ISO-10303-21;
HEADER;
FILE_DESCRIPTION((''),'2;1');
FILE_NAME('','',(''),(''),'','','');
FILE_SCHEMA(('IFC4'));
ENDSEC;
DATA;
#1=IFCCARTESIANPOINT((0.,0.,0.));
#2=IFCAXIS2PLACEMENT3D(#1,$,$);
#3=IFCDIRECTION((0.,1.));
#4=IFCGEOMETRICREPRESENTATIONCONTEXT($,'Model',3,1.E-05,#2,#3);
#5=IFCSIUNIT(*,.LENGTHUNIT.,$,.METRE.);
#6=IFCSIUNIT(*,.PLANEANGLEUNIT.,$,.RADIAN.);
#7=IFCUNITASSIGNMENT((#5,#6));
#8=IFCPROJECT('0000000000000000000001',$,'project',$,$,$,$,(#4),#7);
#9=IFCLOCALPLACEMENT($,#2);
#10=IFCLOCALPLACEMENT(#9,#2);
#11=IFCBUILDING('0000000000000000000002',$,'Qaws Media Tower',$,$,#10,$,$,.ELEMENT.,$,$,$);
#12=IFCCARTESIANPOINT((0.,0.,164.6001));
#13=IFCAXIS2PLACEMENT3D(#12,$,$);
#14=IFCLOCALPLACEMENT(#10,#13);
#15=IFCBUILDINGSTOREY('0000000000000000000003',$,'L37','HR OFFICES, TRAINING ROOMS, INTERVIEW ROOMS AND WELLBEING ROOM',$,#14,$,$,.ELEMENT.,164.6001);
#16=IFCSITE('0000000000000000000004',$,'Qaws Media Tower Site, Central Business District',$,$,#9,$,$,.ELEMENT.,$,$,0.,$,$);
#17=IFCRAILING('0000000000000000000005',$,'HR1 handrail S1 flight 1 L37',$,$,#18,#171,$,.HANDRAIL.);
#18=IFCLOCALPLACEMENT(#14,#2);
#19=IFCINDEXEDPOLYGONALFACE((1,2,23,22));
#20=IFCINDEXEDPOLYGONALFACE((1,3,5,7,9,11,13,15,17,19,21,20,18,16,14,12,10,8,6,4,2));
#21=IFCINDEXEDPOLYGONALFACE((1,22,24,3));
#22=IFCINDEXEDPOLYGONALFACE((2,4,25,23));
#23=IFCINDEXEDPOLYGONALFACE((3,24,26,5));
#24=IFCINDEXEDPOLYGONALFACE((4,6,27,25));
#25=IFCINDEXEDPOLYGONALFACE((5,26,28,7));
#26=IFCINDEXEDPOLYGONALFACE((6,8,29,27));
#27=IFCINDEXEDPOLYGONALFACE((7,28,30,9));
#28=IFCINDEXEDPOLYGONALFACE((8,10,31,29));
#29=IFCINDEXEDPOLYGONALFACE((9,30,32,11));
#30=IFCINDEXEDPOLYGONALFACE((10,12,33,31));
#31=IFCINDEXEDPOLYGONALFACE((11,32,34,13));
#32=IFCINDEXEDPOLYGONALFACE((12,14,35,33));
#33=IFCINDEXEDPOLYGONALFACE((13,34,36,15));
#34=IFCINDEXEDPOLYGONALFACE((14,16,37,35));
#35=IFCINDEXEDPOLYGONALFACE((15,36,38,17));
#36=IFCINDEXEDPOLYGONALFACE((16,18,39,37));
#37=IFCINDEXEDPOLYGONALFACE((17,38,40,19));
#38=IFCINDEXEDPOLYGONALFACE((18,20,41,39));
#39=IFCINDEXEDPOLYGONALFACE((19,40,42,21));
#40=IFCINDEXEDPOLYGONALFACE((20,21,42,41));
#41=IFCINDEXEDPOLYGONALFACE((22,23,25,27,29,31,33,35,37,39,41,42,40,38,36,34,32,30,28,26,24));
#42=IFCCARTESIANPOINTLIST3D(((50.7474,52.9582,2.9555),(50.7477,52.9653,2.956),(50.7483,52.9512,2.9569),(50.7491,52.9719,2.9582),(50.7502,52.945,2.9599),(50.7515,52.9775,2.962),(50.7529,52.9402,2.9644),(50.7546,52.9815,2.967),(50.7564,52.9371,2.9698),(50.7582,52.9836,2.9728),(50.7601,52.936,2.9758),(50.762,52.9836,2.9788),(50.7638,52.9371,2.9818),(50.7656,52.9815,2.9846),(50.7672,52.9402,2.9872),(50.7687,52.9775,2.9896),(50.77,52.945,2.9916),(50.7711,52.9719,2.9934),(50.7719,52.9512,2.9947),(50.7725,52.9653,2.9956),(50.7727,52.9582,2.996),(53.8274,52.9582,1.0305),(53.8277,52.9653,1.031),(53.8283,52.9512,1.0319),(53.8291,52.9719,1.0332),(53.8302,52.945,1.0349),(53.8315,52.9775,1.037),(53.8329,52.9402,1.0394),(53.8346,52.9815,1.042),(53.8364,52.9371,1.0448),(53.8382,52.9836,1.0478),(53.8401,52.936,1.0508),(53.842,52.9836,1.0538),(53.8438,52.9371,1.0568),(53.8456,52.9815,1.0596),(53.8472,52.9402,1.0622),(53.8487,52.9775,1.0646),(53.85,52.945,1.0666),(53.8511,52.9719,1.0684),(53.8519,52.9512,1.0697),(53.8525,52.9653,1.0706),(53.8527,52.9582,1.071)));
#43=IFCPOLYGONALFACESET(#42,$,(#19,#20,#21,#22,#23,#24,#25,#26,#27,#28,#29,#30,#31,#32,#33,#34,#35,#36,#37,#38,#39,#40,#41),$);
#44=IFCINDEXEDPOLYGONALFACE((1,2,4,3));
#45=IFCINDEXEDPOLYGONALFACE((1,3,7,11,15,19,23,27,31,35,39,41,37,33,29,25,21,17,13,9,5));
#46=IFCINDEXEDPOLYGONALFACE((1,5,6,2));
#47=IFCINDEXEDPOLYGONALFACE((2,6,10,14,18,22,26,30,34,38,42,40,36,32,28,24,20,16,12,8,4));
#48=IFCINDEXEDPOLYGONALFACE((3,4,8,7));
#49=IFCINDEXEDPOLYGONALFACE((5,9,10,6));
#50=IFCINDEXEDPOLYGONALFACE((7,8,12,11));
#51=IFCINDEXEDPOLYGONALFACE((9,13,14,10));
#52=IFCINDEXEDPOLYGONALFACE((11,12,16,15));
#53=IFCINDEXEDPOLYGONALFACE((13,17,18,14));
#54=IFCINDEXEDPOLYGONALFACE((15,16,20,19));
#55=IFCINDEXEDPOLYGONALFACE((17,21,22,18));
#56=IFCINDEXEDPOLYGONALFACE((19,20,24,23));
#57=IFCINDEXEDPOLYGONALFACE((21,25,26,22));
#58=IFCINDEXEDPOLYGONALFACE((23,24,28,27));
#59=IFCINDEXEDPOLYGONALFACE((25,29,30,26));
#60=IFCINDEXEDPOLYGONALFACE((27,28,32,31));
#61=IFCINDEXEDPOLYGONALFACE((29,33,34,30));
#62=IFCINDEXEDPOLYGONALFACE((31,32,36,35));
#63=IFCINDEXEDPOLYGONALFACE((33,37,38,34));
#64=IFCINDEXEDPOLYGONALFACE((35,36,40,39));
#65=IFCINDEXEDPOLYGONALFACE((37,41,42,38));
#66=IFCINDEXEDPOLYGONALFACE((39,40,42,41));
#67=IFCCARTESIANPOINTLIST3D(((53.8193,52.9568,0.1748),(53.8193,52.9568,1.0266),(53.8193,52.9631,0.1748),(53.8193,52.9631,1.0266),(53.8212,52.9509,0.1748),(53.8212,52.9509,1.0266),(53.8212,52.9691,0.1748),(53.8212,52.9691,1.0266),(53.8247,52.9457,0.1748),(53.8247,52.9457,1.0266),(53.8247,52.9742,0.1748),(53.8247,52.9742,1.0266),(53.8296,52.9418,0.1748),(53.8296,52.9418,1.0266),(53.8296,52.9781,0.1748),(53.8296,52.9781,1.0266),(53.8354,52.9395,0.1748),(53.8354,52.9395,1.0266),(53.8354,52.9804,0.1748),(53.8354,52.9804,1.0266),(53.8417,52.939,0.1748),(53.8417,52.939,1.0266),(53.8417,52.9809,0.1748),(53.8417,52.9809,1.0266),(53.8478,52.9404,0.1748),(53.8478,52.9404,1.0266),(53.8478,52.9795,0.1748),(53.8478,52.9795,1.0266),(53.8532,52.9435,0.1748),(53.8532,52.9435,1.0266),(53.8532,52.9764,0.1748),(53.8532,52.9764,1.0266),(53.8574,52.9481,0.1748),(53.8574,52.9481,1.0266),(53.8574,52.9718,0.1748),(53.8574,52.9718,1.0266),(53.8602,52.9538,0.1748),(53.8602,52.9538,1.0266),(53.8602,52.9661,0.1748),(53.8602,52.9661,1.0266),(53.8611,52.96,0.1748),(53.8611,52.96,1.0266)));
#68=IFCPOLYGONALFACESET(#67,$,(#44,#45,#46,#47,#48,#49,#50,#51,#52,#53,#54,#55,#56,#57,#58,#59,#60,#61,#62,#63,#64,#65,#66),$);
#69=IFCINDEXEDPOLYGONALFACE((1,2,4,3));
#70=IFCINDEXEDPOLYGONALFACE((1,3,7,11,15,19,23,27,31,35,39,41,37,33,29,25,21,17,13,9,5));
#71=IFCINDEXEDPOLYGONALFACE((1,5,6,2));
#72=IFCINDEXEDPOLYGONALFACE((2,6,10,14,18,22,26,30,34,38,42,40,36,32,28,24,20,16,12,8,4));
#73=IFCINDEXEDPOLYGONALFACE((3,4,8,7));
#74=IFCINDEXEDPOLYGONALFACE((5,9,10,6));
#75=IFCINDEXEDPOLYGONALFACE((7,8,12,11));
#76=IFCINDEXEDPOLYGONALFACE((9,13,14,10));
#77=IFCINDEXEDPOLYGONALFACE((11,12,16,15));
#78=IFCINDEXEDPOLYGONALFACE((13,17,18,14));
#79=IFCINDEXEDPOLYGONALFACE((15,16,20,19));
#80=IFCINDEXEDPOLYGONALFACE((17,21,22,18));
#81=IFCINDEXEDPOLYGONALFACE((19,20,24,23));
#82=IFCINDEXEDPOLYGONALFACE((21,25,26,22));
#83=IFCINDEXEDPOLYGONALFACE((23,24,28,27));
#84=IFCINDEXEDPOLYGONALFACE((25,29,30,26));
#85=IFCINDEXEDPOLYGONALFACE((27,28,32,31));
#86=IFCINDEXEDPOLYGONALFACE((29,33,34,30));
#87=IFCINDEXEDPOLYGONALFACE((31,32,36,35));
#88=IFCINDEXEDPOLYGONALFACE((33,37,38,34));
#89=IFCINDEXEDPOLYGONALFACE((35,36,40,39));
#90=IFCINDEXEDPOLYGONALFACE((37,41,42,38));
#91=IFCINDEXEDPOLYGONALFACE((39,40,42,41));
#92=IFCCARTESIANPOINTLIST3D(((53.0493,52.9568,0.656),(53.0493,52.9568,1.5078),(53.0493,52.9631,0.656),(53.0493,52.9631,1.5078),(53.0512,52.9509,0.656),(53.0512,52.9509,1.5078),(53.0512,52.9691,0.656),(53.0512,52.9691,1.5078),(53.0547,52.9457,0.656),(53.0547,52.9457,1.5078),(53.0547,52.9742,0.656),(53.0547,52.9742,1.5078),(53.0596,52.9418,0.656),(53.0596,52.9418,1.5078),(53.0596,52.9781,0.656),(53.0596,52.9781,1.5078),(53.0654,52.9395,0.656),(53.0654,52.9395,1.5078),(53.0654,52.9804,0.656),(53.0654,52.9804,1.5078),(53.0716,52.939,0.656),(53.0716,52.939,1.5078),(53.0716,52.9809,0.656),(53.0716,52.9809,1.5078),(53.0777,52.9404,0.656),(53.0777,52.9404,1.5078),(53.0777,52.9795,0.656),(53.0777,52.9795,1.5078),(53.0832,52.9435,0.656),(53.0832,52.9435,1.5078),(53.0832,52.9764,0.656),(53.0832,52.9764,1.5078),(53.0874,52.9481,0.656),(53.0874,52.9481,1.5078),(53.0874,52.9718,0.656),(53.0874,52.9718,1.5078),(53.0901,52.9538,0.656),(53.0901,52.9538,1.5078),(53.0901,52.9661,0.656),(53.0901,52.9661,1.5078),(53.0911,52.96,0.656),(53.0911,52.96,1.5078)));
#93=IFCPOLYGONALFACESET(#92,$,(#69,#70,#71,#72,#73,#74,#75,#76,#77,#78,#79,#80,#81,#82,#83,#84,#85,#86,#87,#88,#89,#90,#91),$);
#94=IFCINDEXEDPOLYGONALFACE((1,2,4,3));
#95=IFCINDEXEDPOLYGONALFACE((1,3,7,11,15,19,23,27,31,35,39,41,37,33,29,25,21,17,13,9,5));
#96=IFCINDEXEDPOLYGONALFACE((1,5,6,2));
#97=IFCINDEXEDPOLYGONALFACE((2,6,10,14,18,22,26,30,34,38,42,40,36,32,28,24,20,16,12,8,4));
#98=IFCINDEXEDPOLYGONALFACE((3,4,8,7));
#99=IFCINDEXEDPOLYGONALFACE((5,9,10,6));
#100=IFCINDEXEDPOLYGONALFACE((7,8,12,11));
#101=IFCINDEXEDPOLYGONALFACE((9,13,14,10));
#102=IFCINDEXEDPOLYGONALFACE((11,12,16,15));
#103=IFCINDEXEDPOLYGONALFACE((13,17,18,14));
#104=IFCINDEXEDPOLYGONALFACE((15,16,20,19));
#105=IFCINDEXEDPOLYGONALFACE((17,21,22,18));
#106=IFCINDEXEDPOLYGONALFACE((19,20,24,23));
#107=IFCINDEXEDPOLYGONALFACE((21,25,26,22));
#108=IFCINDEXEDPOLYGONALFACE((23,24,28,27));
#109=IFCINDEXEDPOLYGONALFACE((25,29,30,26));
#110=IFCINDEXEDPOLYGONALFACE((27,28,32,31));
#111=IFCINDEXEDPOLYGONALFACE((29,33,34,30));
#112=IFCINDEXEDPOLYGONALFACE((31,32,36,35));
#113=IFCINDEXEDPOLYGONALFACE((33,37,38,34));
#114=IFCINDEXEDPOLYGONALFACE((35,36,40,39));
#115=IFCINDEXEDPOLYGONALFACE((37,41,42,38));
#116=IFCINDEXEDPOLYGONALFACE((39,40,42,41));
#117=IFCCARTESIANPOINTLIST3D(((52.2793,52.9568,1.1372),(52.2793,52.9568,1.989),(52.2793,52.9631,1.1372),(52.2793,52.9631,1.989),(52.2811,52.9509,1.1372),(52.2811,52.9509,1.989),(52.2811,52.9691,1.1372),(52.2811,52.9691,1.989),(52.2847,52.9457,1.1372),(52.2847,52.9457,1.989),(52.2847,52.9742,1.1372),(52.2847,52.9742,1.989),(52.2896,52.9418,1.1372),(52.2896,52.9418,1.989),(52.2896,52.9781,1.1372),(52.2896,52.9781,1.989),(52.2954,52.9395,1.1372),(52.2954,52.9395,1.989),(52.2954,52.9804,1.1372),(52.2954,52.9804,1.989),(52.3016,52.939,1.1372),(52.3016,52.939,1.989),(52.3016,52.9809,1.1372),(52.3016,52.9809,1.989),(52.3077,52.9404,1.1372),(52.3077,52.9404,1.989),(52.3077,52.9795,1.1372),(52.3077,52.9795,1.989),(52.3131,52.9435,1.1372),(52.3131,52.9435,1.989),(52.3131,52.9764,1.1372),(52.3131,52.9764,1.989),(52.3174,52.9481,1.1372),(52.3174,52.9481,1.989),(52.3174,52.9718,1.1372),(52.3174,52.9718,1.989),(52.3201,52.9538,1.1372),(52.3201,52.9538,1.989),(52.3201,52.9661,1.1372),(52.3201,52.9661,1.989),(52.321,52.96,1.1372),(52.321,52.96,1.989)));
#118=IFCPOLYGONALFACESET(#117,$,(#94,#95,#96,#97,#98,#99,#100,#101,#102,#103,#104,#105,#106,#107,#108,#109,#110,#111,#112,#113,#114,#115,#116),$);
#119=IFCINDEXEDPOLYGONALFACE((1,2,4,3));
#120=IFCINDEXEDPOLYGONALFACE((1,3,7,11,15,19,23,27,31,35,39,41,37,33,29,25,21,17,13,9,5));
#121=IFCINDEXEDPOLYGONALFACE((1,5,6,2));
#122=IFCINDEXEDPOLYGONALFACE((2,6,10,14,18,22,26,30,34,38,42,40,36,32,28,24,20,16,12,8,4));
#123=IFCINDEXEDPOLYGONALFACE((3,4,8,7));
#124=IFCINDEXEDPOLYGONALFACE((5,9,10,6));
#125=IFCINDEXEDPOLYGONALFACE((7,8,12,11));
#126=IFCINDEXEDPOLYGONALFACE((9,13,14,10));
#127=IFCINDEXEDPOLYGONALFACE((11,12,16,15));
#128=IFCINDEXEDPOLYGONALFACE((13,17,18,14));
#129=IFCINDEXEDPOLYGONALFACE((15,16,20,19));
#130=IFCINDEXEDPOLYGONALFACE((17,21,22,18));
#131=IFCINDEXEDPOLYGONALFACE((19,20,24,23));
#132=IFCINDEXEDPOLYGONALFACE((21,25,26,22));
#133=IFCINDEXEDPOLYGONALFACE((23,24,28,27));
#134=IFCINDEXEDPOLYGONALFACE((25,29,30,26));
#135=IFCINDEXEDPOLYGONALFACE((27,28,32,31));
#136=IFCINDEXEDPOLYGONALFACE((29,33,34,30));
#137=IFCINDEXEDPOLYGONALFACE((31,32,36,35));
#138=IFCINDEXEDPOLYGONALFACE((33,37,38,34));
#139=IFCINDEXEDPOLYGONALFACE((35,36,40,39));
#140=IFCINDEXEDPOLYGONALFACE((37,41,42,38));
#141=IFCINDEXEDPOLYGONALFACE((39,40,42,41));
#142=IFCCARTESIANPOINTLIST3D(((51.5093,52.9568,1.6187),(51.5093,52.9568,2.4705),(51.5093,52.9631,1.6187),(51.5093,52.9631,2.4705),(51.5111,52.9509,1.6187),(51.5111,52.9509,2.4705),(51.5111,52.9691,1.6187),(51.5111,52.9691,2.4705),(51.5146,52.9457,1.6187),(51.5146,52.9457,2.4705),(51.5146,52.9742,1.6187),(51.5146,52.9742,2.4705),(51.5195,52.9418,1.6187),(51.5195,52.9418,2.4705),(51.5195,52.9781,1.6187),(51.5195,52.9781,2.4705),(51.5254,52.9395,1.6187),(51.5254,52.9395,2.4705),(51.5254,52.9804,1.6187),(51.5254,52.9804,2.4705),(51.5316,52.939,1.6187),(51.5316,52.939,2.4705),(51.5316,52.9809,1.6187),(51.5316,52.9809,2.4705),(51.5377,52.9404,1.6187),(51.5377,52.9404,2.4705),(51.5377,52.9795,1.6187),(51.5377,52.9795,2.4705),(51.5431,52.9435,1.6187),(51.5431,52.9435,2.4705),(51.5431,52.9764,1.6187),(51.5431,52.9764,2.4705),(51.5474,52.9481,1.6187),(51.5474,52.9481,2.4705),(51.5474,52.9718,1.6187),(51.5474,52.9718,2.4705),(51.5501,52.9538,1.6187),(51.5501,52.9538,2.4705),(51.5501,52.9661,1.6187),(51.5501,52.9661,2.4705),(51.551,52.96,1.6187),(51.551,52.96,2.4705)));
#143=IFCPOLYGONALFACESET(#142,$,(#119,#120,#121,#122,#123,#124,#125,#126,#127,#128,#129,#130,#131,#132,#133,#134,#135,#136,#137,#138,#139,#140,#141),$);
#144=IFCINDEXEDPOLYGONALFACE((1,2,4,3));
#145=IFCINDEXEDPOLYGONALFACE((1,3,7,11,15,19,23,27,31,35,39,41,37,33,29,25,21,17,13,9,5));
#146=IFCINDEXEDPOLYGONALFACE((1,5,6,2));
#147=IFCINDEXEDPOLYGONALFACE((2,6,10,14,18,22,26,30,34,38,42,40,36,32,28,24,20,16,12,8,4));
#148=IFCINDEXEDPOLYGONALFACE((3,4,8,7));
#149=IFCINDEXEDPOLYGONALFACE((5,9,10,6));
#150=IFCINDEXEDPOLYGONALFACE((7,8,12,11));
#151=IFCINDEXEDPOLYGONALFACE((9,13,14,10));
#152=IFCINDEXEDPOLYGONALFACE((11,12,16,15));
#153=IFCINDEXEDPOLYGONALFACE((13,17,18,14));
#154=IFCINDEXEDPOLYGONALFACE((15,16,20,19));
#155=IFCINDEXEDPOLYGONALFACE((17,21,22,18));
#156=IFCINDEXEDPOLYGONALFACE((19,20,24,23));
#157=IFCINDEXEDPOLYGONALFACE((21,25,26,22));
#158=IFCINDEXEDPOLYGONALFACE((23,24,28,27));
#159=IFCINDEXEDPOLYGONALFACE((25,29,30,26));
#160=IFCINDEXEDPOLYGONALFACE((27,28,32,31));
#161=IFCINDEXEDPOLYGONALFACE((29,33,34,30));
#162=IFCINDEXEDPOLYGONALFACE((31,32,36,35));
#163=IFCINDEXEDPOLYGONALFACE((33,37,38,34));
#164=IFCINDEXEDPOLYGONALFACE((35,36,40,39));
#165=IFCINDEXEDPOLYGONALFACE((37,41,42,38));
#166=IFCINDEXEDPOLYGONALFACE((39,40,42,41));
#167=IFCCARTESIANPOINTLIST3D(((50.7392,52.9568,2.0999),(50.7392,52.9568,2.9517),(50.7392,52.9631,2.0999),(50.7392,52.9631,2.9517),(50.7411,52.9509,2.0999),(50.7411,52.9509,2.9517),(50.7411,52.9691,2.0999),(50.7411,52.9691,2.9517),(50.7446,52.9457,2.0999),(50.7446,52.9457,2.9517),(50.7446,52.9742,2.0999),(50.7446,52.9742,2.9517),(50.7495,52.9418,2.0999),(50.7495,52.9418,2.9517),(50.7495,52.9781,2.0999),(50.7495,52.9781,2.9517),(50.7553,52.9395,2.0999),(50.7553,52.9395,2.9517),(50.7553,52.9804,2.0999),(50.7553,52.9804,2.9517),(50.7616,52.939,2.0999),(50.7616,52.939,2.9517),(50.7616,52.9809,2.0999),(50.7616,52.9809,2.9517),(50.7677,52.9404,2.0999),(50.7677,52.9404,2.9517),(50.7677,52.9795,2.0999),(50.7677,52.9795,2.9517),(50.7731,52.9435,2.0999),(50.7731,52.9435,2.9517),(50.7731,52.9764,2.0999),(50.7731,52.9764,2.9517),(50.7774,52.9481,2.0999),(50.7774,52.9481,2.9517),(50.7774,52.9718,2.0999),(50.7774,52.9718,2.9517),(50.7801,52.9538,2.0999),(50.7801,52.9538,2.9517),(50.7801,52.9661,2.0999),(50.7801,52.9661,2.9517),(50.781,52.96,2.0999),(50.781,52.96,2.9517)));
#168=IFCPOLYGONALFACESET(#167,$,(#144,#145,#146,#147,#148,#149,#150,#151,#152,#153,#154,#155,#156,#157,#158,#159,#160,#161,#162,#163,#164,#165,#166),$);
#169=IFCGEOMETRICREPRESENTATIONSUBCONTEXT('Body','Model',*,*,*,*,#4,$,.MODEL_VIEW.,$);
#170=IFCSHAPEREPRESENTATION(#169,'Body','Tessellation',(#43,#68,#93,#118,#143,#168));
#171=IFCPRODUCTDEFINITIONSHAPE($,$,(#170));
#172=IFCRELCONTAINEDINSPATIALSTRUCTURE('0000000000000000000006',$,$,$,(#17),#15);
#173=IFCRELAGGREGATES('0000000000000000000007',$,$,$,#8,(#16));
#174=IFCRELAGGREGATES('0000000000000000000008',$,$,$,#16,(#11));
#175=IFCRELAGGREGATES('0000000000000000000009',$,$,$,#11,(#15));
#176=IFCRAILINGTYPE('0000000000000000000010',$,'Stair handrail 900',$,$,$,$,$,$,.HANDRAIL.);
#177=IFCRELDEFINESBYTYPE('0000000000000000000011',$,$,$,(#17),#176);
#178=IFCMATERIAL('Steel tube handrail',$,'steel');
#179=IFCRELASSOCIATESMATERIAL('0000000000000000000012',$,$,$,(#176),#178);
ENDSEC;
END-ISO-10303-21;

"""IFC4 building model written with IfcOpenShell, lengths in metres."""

from ifc_helpers import new_model, si_unit, direction, frame, origin, origin_2d, place, context, subcontext, project, spatial, circle, extrude, material, type_object, element, save


model = new_model("IFC4")

# Units and contexts
model_context = context("Model", 3, precision=1e-05, world=origin(), true_north=direction((0.0, 1.0)))
body_context = subcontext(model_context, "Body", "Model", "MODEL_VIEW")
ifc_project = project(units=[si_unit("LENGTHUNIT", "METRE"), si_unit("PLANEANGLEUNIT", "RADIAN")], contexts=[model_context])

# Site, building, storey
site_placement = place(None, origin())
site = spatial("IfcSite", under=ifc_project, at=site_placement, Name="Qaws Media Tower Site, Central Business District", CompositionType="ELEMENT", RefElevation=0.0)
building_placement = place(site_placement, origin())
building = spatial("IfcBuilding", under=site, at=building_placement, Name="Qaws Media Tower", CompositionType="ELEMENT")
storey_placement = place(building_placement, frame((0.0, 0.0, 164.6001)))
storey = spatial("IfcBuildingStorey", under=building, at=storey_placement, Name="L37", Description="HR OFFICES, TRAINING ROOMS, INTERVIEW ROOMS AND WELLBEING ROOM", CompositionType="ELEMENT", Elevation=164.6001)

# Railing
ifc_material_1 = material(Name="Steel tube handrail", Category="steel")
railing_type = type_object("IfcRailingType", Name="Stair handrail 900", PredefinedType="HANDRAIL", material=ifc_material_1)
for number, where, name in (
    (1, (53.8401, 52.96, 0.1748), "HR1 handrail S1 flight 1 L37"),
):
    element("IfcRailing", number, at=place(storey_placement, frame(where)), inside=storey, type_object=railing_type, Name=name, PredefinedType="HANDRAIL", context=body_context, shape_type="SweptSolid", body=[
        extrude(circle(Radius=0.0239, at=origin_2d()), frame((0.0, 0.0, 0.876), z_axis=(-0.847998, 0.0, 0.529999), x_axis=(0.0, -1.0, 0.0)), (0.0, 0.0, 1.0), 3.6321),
        extrude(circle(Radius=0.021, at=origin_2d()), origin(), (0.0, 0.0, 1.0), 0.8518),
        extrude(circle(Radius=0.021, at=origin_2d()), frame((-0.77, 0.0, 0.4812)), (0.0, 0.0, 1.0), 0.8518),
        extrude(circle(Radius=0.021, at=origin_2d()), frame((-1.54, 0.0, 0.9624)), (0.0, 0.0, 1.0), 0.8518),
        extrude(circle(Radius=0.021, at=origin_2d()), frame((-2.3101, 0.0, 1.4438)), (0.0, 0.0, 1.0), 0.8518),
        extrude(circle(Radius=0.021, at=origin_2d()), frame((-3.0801, 0.0, 1.925)), (0.0, 0.0, 1.0), 0.8518),
    ])

save(model, "model.ifc")
